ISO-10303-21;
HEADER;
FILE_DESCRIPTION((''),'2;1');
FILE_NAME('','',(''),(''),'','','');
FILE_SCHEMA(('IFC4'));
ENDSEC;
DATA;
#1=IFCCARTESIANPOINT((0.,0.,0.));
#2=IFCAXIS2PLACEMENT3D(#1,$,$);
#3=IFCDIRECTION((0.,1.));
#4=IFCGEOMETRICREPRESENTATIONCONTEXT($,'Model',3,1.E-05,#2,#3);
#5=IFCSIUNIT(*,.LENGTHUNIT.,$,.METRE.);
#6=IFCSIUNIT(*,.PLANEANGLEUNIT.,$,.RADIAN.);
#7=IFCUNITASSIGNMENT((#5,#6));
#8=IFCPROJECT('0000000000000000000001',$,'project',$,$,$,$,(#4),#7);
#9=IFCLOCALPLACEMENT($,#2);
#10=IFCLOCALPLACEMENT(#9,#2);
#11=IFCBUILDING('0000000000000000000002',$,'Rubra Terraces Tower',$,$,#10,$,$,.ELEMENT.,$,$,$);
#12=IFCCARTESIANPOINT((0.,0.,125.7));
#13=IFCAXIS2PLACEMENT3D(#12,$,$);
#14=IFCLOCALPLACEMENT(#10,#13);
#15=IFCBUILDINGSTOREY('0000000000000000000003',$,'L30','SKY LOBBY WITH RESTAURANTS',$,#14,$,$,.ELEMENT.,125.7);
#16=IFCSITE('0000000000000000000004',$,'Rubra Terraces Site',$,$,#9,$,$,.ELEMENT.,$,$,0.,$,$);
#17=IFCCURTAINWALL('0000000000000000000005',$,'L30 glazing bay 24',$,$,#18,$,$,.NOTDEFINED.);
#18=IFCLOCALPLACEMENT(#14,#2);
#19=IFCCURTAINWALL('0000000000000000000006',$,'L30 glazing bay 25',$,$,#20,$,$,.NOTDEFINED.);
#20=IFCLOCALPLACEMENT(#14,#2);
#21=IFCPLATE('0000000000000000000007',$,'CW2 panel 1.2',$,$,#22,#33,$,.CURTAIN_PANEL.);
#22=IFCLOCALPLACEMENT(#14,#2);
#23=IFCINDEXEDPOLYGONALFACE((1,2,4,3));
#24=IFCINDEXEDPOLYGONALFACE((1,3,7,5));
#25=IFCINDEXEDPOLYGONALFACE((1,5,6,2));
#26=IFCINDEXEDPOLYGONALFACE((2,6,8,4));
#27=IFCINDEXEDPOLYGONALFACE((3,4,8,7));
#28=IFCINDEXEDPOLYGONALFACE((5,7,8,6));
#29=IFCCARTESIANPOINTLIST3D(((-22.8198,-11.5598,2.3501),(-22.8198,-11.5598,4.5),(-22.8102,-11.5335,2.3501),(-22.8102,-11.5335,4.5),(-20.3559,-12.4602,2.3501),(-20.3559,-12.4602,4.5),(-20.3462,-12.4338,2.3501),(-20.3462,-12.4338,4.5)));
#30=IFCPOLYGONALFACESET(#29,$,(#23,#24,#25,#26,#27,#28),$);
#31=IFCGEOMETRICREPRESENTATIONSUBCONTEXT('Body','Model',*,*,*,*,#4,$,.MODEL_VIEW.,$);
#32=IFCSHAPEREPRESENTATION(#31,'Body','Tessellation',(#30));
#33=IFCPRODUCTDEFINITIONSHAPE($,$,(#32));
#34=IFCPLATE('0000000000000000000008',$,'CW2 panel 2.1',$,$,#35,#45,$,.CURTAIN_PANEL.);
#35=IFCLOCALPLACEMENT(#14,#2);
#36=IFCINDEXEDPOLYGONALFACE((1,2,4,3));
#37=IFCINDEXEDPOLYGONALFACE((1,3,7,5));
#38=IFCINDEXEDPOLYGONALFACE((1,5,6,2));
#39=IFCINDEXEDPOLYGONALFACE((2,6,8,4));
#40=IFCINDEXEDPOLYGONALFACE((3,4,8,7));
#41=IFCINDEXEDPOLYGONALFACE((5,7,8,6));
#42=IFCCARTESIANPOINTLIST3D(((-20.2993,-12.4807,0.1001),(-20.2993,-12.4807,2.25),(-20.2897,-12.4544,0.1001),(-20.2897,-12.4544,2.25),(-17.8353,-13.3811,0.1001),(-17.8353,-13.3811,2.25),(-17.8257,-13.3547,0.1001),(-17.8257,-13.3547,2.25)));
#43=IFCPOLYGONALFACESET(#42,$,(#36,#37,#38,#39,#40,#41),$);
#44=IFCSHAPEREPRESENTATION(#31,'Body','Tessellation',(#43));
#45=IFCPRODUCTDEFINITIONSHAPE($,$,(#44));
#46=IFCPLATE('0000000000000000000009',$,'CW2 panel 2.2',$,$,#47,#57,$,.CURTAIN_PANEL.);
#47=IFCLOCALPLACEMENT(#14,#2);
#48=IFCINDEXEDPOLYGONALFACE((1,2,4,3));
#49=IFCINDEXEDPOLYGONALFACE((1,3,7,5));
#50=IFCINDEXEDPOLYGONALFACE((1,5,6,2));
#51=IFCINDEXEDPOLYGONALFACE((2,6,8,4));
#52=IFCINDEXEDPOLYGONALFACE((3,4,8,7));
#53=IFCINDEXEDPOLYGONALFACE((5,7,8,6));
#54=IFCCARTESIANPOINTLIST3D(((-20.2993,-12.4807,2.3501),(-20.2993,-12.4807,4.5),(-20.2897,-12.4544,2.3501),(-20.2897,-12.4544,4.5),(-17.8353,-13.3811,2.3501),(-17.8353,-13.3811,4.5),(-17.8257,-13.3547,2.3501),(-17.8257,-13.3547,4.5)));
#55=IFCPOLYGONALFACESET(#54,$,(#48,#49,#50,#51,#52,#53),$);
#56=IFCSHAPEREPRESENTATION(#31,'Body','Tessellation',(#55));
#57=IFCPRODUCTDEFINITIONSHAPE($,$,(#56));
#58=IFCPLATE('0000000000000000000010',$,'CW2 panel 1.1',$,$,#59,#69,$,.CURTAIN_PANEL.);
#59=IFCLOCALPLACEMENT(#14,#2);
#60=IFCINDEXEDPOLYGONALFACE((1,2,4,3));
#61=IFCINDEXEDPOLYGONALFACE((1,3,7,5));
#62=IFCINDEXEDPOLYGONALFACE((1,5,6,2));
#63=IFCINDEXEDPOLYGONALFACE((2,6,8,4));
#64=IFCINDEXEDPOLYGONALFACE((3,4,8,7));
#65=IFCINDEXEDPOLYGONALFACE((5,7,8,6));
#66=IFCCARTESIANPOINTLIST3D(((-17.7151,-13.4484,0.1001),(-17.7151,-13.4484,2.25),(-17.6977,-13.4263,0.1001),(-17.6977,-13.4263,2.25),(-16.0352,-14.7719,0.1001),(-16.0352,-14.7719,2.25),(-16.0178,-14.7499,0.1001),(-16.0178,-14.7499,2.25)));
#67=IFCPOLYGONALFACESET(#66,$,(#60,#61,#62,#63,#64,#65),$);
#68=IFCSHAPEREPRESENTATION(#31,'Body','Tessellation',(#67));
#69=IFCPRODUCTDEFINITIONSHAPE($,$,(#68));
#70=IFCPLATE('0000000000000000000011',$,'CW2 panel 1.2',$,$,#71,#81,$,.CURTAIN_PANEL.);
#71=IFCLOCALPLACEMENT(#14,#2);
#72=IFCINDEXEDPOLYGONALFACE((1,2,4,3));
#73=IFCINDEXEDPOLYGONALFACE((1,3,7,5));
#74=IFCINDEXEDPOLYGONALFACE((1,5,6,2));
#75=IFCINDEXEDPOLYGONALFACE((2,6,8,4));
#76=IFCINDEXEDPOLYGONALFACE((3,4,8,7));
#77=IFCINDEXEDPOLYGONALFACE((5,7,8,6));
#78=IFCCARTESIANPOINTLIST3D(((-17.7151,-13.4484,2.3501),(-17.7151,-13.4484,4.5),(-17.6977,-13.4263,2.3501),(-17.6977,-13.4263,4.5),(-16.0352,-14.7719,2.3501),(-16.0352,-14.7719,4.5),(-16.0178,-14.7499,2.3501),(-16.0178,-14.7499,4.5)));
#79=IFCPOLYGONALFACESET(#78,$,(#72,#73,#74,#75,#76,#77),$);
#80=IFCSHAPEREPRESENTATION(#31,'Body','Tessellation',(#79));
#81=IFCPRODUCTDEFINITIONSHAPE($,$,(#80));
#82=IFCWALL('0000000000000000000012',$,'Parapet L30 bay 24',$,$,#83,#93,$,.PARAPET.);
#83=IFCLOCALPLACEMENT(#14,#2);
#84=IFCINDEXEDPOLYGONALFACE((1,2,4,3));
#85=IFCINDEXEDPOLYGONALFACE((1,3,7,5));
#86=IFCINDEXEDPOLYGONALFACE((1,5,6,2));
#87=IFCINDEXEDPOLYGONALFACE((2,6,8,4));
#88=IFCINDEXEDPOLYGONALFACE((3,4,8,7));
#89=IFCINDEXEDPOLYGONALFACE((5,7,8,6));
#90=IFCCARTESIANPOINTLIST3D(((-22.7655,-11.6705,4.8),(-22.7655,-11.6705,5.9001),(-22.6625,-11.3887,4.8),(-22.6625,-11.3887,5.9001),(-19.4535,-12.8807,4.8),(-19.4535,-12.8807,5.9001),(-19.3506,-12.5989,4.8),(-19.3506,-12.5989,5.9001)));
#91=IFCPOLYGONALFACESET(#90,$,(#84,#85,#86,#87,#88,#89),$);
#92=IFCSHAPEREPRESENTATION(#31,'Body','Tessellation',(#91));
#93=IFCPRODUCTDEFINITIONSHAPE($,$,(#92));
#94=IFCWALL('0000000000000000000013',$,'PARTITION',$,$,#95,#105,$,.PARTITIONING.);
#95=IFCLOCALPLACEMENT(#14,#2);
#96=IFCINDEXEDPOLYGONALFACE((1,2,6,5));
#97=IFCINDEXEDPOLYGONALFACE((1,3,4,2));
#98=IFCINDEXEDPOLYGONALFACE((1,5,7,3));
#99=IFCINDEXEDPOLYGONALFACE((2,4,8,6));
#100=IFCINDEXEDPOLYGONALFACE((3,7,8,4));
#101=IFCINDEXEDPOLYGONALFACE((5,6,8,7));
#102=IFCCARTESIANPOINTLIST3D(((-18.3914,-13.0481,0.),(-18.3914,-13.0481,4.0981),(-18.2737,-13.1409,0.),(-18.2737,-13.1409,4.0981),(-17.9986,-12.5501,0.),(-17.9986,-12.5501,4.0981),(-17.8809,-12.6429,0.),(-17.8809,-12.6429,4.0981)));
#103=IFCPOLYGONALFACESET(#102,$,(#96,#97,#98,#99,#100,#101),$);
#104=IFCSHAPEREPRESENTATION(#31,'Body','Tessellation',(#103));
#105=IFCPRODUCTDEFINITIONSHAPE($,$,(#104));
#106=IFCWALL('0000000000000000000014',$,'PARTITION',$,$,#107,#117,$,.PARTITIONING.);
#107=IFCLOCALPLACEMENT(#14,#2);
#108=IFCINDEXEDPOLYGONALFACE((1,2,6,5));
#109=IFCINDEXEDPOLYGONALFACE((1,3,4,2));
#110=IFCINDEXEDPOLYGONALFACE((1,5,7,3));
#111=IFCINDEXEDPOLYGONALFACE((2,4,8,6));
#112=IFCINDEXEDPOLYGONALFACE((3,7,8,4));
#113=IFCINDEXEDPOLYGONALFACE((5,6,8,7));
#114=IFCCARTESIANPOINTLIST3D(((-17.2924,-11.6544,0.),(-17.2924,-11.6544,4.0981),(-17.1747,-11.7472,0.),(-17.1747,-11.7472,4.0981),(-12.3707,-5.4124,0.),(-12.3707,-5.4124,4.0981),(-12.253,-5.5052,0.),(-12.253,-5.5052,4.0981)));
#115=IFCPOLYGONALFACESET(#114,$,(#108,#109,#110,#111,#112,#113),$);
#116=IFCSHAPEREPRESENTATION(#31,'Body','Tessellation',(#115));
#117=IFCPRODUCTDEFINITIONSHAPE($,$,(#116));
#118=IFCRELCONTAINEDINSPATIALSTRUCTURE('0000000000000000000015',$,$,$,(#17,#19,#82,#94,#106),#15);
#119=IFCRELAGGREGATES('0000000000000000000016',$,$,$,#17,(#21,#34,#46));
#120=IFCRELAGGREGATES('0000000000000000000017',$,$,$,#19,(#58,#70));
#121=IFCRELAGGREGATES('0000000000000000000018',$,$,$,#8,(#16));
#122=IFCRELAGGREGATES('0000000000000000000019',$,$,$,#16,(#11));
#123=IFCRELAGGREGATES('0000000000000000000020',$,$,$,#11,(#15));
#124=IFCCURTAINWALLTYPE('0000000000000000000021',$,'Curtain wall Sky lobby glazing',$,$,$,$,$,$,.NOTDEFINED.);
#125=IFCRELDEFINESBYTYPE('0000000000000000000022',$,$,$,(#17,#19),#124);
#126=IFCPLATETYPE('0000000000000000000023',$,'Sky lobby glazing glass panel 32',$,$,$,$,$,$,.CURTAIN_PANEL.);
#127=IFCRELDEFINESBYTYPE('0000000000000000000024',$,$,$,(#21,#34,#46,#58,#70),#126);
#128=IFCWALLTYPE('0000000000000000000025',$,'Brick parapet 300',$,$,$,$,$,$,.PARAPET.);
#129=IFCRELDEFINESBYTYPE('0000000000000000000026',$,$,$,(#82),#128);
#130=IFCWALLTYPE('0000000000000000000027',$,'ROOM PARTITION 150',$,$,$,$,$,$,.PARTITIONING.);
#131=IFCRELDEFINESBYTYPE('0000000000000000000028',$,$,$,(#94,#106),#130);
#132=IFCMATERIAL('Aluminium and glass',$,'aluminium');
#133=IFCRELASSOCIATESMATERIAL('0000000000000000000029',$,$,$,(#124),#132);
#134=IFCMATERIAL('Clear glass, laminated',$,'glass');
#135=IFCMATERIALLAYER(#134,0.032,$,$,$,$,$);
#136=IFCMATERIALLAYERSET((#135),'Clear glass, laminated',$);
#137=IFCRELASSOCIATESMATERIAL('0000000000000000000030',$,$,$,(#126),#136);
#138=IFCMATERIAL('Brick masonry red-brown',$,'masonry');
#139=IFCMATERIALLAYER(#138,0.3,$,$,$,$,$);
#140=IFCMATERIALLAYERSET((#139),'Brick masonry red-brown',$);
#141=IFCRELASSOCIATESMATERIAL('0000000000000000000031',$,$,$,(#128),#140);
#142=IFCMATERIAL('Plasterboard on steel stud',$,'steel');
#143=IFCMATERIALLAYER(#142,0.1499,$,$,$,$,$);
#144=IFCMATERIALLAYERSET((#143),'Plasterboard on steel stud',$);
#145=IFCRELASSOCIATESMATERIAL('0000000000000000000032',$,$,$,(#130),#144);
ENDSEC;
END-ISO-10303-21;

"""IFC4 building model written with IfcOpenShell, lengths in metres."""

from ifc_helpers import new_model, si_unit, direction, frame, frame_2d, origin, origin_2d, place, context, subcontext, project, spatial, rectangle, extrude, material, layer, layer_set, type_object, element, aggregate, save


model = new_model("IFC4")

# Units and contexts
model_context = context("Model", 3, precision=1e-05, world=origin(), true_north=direction((0.0, 1.0)))
body_context = subcontext(model_context, "Body", "Model", "MODEL_VIEW")
ifc_project = project(units=[si_unit("LENGTHUNIT", "METRE"), si_unit("PLANEANGLEUNIT", "RADIAN")], contexts=[model_context])

# Site, building, storey
site_placement = place(None, origin())
site = spatial("IfcSite", under=ifc_project, at=site_placement, Name="Rubra Terraces Site", CompositionType="ELEMENT", RefElevation=0.0)
building_placement = place(site_placement, origin())
building = spatial("IfcBuilding", under=site, at=building_placement, Name="Rubra Terraces Tower", CompositionType="ELEMENT")
storey_placement = place(building_placement, frame((0.0, 0.0, 125.7)))
storey = spatial("IfcBuildingStorey", under=building, at=storey_placement, Name="L30", Description="SKY LOBBY WITH RESTAURANTS", CompositionType="ELEMENT", Elevation=125.7)

# Shared definitions
ifc_material_1 = material(Name="Aluminium and glass", Category="aluminium")
curtain_wall_type = type_object("IfcCurtainWallType", Name="Curtain wall Sky lobby glazing", PredefinedType="NOTDEFINED", material=ifc_material_1)

# Curtain wall
curtain_wall_1_placement = place(storey_placement, origin())
curtain_wall_1 = element("IfcCurtainWall", 1, at=curtain_wall_1_placement, inside=storey, type_object=curtain_wall_type, Name="L30 glazing bay 24", PredefinedType="NOTDEFINED")

# Curtain wall
curtain_wall_2_placement = place(storey_placement, origin())
curtain_wall_2 = element("IfcCurtainWall", 2, at=curtain_wall_2_placement, inside=storey, type_object=curtain_wall_type, Name="L30 glazing bay 25", PredefinedType="NOTDEFINED")

# Plates
ifc_material_2 = material(Name="Clear glass, laminated", Category="glass")
ifc_layer_1 = layer(ifc_material_2, 0.032)
ifc_layer_set_1 = layer_set([ifc_layer_1], Name="Clear glass, laminated")
plate_type = type_object("IfcPlateType", Name="Sky lobby glazing glass panel 32", PredefinedType="CURTAIN_PANEL", material=ifc_layer_set_1)
plate_1_placement = place(storey_placement, frame((-21.583, -11.9968, 2.3501), z_axis=(0.0, 0.0, 1.0), x_axis=(0.939255, -0.343221, 0.0)))
plate_1 = element("IfcPlate", 3, at=plate_1_placement, type_object=plate_type, Name="CW2 panel 1.2", PredefinedType="CURTAIN_PANEL", context=body_context, shape_type="SweptSolid", body=[
    extrude(rectangle(XDim=2.6233, YDim=0.0281, at=origin_2d()), origin(), (0.0, 0.0, 1.0), 2.1499),
])
plate_2_placement = place(storey_placement, frame((-19.0625, -12.9177, 0.1001), z_axis=(0.0, 0.0, 1.0), x_axis=(0.939255, -0.343221, 0.0)))
plate_2 = element("IfcPlate", 4, at=plate_2_placement, type_object=plate_type, Name="CW2 panel 2.1", PredefinedType="CURTAIN_PANEL", context=body_context, shape_type="SweptSolid", body=[
    extrude(rectangle(XDim=2.6233, YDim=0.0281, at=origin_2d()), origin(), (0.0, 0.0, 1.0), 2.1499),
])
plate_3_placement = place(storey_placement, frame((-19.0625, -12.9177, 2.3501), z_axis=(0.0, 0.0, 1.0), x_axis=(0.939255, -0.343221, 0.0)))
plate_3 = element("IfcPlate", 5, at=plate_3_placement, type_object=plate_type, Name="CW2 panel 2.2", PredefinedType="CURTAIN_PANEL", context=body_context, shape_type="SweptSolid", body=[
    extrude(rectangle(XDim=2.6233, YDim=0.0281, at=origin_2d()), origin(), (0.0, 0.0, 1.0), 2.1499),
])
aggregate(curtain_wall_1, [plate_1, plate_2, plate_3])
plate_4_placement = place(storey_placement, frame((-16.8665, -14.0991, 0.1001), z_axis=(0.0, 0.0, 1.0), x_axis=(0.785486, -0.618879, 0.0)))
plate_4 = element("IfcPlate", 6, at=plate_4_placement, type_object=plate_type, Name="CW2 panel 1.1", PredefinedType="CURTAIN_PANEL", context=body_context, shape_type="SweptSolid", body=[
    extrude(rectangle(XDim=2.1387, YDim=0.0281, at=origin_2d()), origin(), (0.0, 0.0, 1.0), 2.1499),
])
plate_5_placement = place(storey_placement, frame((-16.8665, -14.0991, 2.3501), z_axis=(0.0, 0.0, 1.0), x_axis=(0.785486, -0.618879, 0.0)))
plate_5 = element("IfcPlate", 7, at=plate_5_placement, type_object=plate_type, Name="CW2 panel 1.2", PredefinedType="CURTAIN_PANEL", context=body_context, shape_type="SweptSolid", body=[
    extrude(rectangle(XDim=2.1387, YDim=0.0281, at=origin_2d()), origin(), (0.0, 0.0, 1.0), 2.1499),
])
aggregate(curtain_wall_2, [plate_4, plate_5])

# Walls
ifc_material_3 = material(Name="Brick masonry red-brown", Category="masonry")
ifc_layer_2 = layer(ifc_material_3, 0.3)
ifc_layer_set_2 = layer_set([ifc_layer_2], Name="Brick masonry red-brown")
wall_type_1 = type_object("IfcWallType", Name="Brick parapet 300", PredefinedType="PARAPET", material=ifc_layer_set_2)
wall_1_placement = place(storey_placement, frame((-22.7141, -11.5295, 4.8), z_axis=(0.0, 0.0, 1.0), x_axis=(0.939261, -0.343205, 0.0)))
element("IfcWall", 8, at=wall_1_placement, inside=storey, type_object=wall_type_1, Name="Parapet L30 bay 24", PredefinedType="PARAPET", context=body_context, shape_type="SweptSolid", body=[
    extrude(rectangle(XDim=3.5261, YDim=0.3, at=frame_2d((1.7632, 0.0))), origin(), (0.0, 0.0, 1.0), 1.1001),
])
ifc_material_4 = material(Name="Plasterboard on steel stud", Category="steel")
ifc_layer_3 = layer(ifc_material_4, 0.1499)
ifc_layer_set_3 = layer_set([ifc_layer_3], Name="Plasterboard on steel stud")
wall_type_2 = type_object("IfcWallType", Name="ROOM PARTITION 150", PredefinedType="PARTITIONING", material=ifc_layer_set_3)
wall_2_placement = place(storey_placement, frame((-18.3325, -13.0945, 0.0), z_axis=(0.0, 0.0, 1.0), x_axis=(0.619282, 0.785168, 0.0)))
element("IfcWall", 9, at=wall_2_placement, inside=storey, type_object=wall_type_2, Name="PARTITION", PredefinedType="PARTITIONING", context=body_context, shape_type="SweptSolid", body=[
    extrude(rectangle(XDim=0.6343, YDim=0.1499, at=frame_2d((0.3171, 0.0))), origin(), (0.0, 0.0, 1.0), 4.0981),
])
wall_3_placement = place(storey_placement, frame((-17.2336, -11.7009, 0.0), z_axis=(0.0, 0.0, 1.0), x_axis=(0.619162, 0.785263, 0.0)))
element("IfcWall", 10, at=wall_3_placement, inside=storey, type_object=wall_type_2, Name="PARTITION", PredefinedType="PARTITIONING", context=body_context, shape_type="SweptSolid", body=[
    extrude(rectangle(XDim=7.949, YDim=0.1499, at=frame_2d((3.9746, 0.0))), origin(), (0.0, 0.0, 1.0), 4.0981),
])

save(model, "model.ifc")
